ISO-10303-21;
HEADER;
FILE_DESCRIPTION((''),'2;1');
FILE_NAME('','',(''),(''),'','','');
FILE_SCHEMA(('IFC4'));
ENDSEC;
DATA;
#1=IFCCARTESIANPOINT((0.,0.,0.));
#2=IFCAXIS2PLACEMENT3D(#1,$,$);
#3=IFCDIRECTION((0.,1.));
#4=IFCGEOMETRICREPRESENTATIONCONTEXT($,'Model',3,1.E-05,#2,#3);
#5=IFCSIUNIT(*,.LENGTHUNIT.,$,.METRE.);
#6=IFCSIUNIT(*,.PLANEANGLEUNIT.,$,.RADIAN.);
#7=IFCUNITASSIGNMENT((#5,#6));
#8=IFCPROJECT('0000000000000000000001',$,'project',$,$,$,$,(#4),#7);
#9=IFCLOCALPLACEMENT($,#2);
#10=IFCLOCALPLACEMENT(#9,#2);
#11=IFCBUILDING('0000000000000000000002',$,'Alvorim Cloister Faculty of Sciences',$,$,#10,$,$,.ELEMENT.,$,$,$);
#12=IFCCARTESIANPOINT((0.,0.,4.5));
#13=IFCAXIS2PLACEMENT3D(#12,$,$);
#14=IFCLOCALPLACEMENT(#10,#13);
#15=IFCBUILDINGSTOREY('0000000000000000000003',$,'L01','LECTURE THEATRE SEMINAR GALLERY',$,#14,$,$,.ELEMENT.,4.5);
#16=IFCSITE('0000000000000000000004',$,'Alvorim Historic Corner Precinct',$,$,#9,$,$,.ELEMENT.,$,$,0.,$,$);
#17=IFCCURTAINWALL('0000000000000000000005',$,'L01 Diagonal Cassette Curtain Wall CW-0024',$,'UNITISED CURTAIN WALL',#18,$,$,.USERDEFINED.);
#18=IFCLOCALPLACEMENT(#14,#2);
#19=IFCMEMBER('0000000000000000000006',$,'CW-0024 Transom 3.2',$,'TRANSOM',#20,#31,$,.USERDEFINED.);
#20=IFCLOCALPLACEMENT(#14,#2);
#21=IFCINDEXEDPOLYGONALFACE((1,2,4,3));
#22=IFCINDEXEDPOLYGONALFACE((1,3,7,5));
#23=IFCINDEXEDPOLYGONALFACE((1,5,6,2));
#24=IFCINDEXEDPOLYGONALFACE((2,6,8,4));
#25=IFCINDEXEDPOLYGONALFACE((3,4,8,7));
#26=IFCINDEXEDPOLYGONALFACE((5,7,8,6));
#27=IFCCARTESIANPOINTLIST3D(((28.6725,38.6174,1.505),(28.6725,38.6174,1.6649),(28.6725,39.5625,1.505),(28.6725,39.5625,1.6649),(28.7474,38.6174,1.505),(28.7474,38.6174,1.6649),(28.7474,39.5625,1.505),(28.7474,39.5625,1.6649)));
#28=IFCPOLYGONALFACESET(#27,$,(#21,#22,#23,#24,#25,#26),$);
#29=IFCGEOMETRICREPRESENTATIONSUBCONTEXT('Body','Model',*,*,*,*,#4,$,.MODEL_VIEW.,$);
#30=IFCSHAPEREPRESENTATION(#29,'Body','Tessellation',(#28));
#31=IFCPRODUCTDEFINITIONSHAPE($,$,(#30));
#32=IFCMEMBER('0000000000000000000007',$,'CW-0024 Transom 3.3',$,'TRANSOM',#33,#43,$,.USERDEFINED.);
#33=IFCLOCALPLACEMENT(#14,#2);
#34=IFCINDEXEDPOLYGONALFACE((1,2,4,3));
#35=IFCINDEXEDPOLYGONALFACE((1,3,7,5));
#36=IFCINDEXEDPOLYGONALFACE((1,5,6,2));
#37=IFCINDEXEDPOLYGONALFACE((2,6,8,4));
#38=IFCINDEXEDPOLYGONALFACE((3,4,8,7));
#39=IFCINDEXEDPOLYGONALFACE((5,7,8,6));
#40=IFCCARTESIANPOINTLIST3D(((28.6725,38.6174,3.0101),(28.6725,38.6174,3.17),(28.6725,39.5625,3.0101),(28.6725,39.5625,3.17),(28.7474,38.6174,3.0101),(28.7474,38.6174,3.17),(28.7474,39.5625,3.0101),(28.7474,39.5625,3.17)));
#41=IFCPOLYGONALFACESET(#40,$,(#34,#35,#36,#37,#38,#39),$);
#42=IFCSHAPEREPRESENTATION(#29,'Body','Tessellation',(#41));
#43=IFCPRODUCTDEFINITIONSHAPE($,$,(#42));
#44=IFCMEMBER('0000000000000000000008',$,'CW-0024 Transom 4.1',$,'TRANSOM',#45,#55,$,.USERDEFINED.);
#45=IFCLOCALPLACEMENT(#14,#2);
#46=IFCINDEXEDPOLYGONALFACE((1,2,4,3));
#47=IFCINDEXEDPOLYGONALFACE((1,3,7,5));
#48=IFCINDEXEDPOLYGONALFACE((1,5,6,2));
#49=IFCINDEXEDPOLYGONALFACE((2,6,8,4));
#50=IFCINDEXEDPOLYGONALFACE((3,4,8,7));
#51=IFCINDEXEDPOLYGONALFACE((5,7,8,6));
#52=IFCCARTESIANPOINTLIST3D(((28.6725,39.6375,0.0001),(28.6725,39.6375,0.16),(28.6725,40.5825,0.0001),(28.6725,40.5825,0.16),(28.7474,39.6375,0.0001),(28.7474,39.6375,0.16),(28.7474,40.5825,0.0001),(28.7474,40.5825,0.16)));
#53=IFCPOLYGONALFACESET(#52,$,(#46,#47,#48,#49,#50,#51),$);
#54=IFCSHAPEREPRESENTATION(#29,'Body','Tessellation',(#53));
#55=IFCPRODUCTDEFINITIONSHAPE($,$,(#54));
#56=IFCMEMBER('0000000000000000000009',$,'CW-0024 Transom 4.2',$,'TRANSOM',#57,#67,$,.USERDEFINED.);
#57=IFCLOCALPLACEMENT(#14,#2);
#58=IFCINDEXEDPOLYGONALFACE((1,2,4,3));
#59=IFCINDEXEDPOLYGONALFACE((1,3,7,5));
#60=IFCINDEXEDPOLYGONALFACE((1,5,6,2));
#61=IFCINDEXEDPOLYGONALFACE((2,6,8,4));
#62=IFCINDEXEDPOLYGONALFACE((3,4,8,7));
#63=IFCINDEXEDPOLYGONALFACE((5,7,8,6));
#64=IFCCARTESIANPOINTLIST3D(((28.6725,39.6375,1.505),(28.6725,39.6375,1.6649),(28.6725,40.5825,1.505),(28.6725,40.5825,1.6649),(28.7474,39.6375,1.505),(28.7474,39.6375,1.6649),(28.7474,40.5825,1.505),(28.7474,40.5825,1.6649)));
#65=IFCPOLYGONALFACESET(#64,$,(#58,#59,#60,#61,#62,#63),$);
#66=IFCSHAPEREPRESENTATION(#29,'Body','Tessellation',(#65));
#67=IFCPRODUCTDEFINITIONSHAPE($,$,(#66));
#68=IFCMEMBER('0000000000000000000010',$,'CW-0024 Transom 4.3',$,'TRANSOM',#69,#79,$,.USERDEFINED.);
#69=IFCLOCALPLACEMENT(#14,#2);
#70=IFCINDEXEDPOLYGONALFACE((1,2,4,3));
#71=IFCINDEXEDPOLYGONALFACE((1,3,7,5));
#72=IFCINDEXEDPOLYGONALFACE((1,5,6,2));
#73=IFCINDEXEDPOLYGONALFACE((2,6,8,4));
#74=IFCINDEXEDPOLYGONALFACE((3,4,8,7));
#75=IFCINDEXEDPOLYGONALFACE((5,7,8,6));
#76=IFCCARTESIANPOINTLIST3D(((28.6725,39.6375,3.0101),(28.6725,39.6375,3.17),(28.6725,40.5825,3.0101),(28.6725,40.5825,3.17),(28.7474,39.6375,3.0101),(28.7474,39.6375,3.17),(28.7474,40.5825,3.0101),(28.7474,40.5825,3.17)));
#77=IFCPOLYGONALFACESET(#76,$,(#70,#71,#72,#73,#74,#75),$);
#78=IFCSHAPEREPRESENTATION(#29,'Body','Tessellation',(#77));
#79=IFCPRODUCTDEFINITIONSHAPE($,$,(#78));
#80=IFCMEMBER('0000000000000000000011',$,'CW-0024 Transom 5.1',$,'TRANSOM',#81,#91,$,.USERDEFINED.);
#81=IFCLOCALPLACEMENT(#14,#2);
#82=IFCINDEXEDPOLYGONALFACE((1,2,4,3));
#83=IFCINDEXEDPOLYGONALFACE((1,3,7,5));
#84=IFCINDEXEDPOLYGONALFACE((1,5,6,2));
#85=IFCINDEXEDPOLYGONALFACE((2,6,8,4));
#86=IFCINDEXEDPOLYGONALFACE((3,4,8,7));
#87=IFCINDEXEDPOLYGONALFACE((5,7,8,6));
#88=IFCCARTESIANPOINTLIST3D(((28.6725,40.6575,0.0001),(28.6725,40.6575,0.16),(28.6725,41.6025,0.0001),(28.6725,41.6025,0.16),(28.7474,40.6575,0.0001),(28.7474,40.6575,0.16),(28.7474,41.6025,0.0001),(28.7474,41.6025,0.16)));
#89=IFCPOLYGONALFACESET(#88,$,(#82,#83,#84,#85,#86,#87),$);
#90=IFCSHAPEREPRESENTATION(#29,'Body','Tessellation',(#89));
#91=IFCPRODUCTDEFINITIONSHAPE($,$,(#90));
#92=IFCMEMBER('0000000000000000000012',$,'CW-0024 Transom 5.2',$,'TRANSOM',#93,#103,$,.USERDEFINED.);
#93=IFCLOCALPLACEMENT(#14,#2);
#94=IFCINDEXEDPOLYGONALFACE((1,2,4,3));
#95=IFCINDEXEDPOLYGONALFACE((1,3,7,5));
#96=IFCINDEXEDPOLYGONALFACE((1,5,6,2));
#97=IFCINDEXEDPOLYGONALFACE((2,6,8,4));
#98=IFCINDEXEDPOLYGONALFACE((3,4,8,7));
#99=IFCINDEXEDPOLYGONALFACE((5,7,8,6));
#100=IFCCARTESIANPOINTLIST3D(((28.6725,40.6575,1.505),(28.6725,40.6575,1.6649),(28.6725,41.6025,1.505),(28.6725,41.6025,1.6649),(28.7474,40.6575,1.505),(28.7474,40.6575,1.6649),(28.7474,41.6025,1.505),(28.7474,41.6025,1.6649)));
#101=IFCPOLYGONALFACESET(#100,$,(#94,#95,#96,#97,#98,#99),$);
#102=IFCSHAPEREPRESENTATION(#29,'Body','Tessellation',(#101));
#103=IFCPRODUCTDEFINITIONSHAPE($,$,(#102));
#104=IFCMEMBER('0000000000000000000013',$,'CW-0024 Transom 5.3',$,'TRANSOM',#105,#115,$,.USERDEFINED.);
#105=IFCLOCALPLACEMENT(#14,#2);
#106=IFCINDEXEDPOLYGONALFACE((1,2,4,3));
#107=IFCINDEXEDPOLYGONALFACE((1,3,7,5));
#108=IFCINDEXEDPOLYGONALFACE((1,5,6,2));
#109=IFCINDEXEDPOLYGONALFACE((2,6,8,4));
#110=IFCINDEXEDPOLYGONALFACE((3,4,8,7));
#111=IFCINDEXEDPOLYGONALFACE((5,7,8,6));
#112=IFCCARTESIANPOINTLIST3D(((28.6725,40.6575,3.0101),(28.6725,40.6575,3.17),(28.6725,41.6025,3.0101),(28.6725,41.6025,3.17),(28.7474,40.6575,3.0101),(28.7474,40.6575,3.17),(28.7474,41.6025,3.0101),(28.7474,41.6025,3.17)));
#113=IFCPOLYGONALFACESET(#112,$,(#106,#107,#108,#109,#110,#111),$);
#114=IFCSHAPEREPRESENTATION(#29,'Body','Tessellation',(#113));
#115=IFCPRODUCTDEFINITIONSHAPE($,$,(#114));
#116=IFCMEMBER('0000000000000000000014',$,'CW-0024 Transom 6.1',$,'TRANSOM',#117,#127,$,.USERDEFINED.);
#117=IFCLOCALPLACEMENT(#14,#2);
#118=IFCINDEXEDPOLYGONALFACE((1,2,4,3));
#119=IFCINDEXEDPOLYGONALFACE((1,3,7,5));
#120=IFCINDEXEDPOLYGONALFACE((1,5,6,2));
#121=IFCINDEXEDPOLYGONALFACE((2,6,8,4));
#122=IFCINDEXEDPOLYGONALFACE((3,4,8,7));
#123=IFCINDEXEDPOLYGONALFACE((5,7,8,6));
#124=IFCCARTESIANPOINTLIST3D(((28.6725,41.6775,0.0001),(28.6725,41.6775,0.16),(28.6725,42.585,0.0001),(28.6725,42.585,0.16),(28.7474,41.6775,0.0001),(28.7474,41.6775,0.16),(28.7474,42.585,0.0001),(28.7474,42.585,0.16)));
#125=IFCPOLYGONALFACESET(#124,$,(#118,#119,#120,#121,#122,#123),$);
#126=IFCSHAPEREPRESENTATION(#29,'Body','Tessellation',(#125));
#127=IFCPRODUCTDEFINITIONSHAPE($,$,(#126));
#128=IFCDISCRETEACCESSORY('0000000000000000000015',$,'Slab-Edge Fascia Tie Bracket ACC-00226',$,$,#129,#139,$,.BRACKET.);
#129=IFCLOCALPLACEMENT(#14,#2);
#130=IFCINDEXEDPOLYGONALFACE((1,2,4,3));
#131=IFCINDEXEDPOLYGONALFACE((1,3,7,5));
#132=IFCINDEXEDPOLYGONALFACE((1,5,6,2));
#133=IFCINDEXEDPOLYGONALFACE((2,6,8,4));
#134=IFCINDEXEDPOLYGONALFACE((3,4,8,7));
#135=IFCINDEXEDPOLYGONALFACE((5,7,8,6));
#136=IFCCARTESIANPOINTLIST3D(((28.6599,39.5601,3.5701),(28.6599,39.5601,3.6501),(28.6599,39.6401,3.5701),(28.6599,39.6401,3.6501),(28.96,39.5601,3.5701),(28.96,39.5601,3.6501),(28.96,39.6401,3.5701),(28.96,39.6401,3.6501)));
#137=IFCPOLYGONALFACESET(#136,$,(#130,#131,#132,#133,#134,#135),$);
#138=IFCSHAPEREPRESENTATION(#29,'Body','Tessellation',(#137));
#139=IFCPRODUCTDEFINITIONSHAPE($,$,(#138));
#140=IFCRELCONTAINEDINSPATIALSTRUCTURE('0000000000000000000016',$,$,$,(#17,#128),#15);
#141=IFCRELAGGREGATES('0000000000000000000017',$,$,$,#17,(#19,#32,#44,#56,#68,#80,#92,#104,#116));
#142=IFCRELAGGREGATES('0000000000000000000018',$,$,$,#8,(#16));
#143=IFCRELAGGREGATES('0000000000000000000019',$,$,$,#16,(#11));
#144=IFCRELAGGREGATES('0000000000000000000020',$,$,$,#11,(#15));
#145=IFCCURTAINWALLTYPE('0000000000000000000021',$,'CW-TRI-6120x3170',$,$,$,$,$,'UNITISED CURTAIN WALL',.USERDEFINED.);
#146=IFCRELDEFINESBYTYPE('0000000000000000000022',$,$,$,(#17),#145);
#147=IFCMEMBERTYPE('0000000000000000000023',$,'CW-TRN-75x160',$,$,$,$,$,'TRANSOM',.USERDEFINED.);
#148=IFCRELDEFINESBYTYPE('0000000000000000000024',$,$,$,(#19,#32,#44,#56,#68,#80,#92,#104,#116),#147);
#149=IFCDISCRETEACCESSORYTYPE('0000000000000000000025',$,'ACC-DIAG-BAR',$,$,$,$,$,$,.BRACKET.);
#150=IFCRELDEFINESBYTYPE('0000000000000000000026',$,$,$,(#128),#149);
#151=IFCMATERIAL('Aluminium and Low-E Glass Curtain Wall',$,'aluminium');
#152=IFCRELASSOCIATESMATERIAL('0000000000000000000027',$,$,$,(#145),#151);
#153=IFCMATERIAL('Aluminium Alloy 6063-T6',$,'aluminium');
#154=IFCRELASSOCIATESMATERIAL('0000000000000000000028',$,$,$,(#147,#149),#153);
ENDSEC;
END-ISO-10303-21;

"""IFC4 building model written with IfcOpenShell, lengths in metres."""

from ifc_helpers import new_model, si_unit, direction, frame, origin, origin_2d, place, context, subcontext, project, spatial, rectangle, extrude, material, material_profile, profile_set, type_object, element, aggregate, save


model = new_model("IFC4")

# Units and contexts
model_context = context("Model", 3, precision=1e-05, world=origin(), true_north=direction((0.0, 1.0)))
body_context = subcontext(model_context, "Body", "Model", "MODEL_VIEW")
ifc_project = project(units=[si_unit("LENGTHUNIT", "METRE"), si_unit("PLANEANGLEUNIT", "RADIAN")], contexts=[model_context])

# Site, building, storey
site_placement = place(None, origin())
site = spatial("IfcSite", under=ifc_project, at=site_placement, Name="Alvorim Historic Corner Precinct", CompositionType="ELEMENT", RefElevation=0.0)
building_placement = place(site_placement, origin())
building = spatial("IfcBuilding", under=site, at=building_placement, Name="Alvorim Cloister Faculty of Sciences", CompositionType="ELEMENT")
storey_placement = place(building_placement, frame((0.0, 0.0, 4.5)))
storey = spatial("IfcBuildingStorey", under=building, at=storey_placement, Name="L01", Description="LECTURE THEATRE SEMINAR GALLERY", CompositionType="ELEMENT", Elevation=4.5)

# Curtain wall, members
ifc_material_1 = material(Name="Aluminium and Low-E Glass Curtain Wall", Category="aluminium")
curtain_wall_type = type_object("IfcCurtainWallType", Name="CW-TRI-6120x3170", ElementType="UNITISED CURTAIN WALL", PredefinedType="USERDEFINED", material=ifc_material_1)
curtain_wall_placement = place(storey_placement, origin())
curtain_wall = element("IfcCurtainWall", 1, at=curtain_wall_placement, inside=storey, type_object=curtain_wall_type, Name="L01 Diagonal Cassette Curtain Wall CW-0024", ObjectType="UNITISED CURTAIN WALL", PredefinedType="USERDEFINED")
ifc_material_2 = material(Name="Aluminium Alloy 6063-T6", Category="aluminium")
ifc_material_profile_1 = material_profile(ifc_material_2, rectangle(XDim=0.075, YDim=0.1599, at=origin_2d()), Name="ALU-TRN-75x160")
ifc_profile_set_1 = profile_set([ifc_material_profile_1], Name="Aluminium Alloy 6063-T6")
member_type_1 = type_object("IfcMemberType", Name="CW-TRN-75x160", ElementType="TRANSOM", PredefinedType="USERDEFINED", material=ifc_profile_set_1)
member_1_placement = place(storey_placement, frame((28.71, 38.6174, 1.585), z_axis=(0.0, 1.0, 0.0), x_axis=(-1.0, 0.0, 0.0)))
member_1 = element("IfcMember", 2, at=member_1_placement, type_object=member_type_1, Name="CW-0024 Transom 3.2", ObjectType="TRANSOM", PredefinedType="USERDEFINED", context=body_context, shape_type="SweptSolid", body=[
    extrude(rectangle(XDim=0.075, YDim=0.1599, at=origin_2d()), origin(), (0.0, 0.0, 1.0), 0.9451),
])
member_2_placement = place(storey_placement, frame((28.71, 38.6174, 3.0901), z_axis=(0.0, 1.0, 0.0), x_axis=(-1.0, 0.0, 0.0)))
member_2 = element("IfcMember", 3, at=member_2_placement, type_object=member_type_1, Name="CW-0024 Transom 3.3", ObjectType="TRANSOM", PredefinedType="USERDEFINED", context=body_context, shape_type="SweptSolid", body=[
    extrude(rectangle(XDim=0.075, YDim=0.1599, at=origin_2d()), origin(), (0.0, 0.0, 1.0), 0.9451),
])
member_3_placement = place(storey_placement, frame((28.71, 39.6375, 0.0801), z_axis=(0.0, 1.0, 0.0), x_axis=(-1.0, 0.0, 0.0)))
member_3 = element("IfcMember", 4, at=member_3_placement, type_object=member_type_1, Name="CW-0024 Transom 4.1", ObjectType="TRANSOM", PredefinedType="USERDEFINED", context=body_context, shape_type="SweptSolid", body=[
    extrude(rectangle(XDim=0.075, YDim=0.1599, at=origin_2d()), origin(), (0.0, 0.0, 1.0), 0.9451),
])
member_4_placement = place(storey_placement, frame((28.71, 39.6375, 1.585), z_axis=(0.0, 1.0, 0.0), x_axis=(-1.0, 0.0, 0.0)))
member_4 = element("IfcMember", 5, at=member_4_placement, type_object=member_type_1, Name="CW-0024 Transom 4.2", ObjectType="TRANSOM", PredefinedType="USERDEFINED", context=body_context, shape_type="SweptSolid", body=[
    extrude(rectangle(XDim=0.075, YDim=0.1599, at=origin_2d()), origin(), (0.0, 0.0, 1.0), 0.9451),
])
member_5_placement = place(storey_placement, frame((28.71, 39.6375, 3.0901), z_axis=(0.0, 1.0, 0.0), x_axis=(-1.0, 0.0, 0.0)))
member_5 = element("IfcMember", 6, at=member_5_placement, type_object=member_type_1, Name="CW-0024 Transom 4.3", ObjectType="TRANSOM", PredefinedType="USERDEFINED", context=body_context, shape_type="SweptSolid", body=[
    extrude(rectangle(XDim=0.075, YDim=0.1599, at=origin_2d()), origin(), (0.0, 0.0, 1.0), 0.9451),
])
member_6_placement = place(storey_placement, frame((28.71, 40.6575, 0.0801), z_axis=(0.0, 1.0, 0.0), x_axis=(-1.0, 0.0, 0.0)))
member_6 = element("IfcMember", 7, at=member_6_placement, type_object=member_type_1, Name="CW-0024 Transom 5.1", ObjectType="TRANSOM", PredefinedType="USERDEFINED", context=body_context, shape_type="SweptSolid", body=[
    extrude(rectangle(XDim=0.075, YDim=0.1599, at=origin_2d()), origin(), (0.0, 0.0, 1.0), 0.9451),
])
member_7_placement = place(storey_placement, frame((28.71, 40.6575, 1.585), z_axis=(0.0, 1.0, 0.0), x_axis=(-1.0, 0.0, 0.0)))
member_7 = element("IfcMember", 8, at=member_7_placement, type_object=member_type_1, Name="CW-0024 Transom 5.2", ObjectType="TRANSOM", PredefinedType="USERDEFINED", context=body_context, shape_type="SweptSolid", body=[
    extrude(rectangle(XDim=0.075, YDim=0.1599, at=origin_2d()), origin(), (0.0, 0.0, 1.0), 0.9451),
])
member_8_placement = place(storey_placement, frame((28.71, 40.6575, 3.0901), z_axis=(0.0, 1.0, 0.0), x_axis=(-1.0, 0.0, 0.0)))
member_8 = element("IfcMember", 9, at=member_8_placement, type_object=member_type_1, Name="CW-0024 Transom 5.3", ObjectType="TRANSOM", PredefinedType="USERDEFINED", context=body_context, shape_type="SweptSolid", body=[
    extrude(rectangle(XDim=0.075, YDim=0.1599, at=origin_2d()), origin(), (0.0, 0.0, 1.0), 0.9451),
])
member_9_placement = place(storey_placement, frame((28.71, 41.6775, 0.0801), z_axis=(0.0, 1.0, 0.0), x_axis=(-1.0, 0.0, 0.0)))
member_9 = element("IfcMember", 10, at=member_9_placement, type_object=member_type_1, Name="CW-0024 Transom 6.1", ObjectType="TRANSOM", PredefinedType="USERDEFINED", context=body_context, shape_type="SweptSolid", body=[
    extrude(rectangle(XDim=0.075, YDim=0.1599, at=origin_2d()), origin(), (0.0, 0.0, 1.0), 0.9075),
])
aggregate(curtain_wall, [member_1, member_2, member_3, member_4, member_5, member_6, member_7, member_8, member_9])

# Discrete accessory
discrete_accessory_type = type_object("IfcDiscreteAccessoryType", Name="ACC-DIAG-BAR", PredefinedType="BRACKET", material=ifc_material_2)
discrete_accessory_placement = place(storey_placement, frame((28.6599, 39.6001, 3.6101), z_axis=(1.0, 0.0, 0.0), x_axis=(0.0, 1.0, 0.0)))
element("IfcDiscreteAccessory", 11, at=discrete_accessory_placement, inside=storey, type_object=discrete_accessory_type, Name="Slab-Edge Fascia Tie Bracket ACC-00226", PredefinedType="BRACKET", context=body_context, shape_type="SweptSolid", body=[
    extrude(rectangle(XDim=0.0801, YDim=0.0801, at=origin_2d()), origin(), (0.0, 0.0, 1.0), 0.3),
])

save(model, "model.ifc")
